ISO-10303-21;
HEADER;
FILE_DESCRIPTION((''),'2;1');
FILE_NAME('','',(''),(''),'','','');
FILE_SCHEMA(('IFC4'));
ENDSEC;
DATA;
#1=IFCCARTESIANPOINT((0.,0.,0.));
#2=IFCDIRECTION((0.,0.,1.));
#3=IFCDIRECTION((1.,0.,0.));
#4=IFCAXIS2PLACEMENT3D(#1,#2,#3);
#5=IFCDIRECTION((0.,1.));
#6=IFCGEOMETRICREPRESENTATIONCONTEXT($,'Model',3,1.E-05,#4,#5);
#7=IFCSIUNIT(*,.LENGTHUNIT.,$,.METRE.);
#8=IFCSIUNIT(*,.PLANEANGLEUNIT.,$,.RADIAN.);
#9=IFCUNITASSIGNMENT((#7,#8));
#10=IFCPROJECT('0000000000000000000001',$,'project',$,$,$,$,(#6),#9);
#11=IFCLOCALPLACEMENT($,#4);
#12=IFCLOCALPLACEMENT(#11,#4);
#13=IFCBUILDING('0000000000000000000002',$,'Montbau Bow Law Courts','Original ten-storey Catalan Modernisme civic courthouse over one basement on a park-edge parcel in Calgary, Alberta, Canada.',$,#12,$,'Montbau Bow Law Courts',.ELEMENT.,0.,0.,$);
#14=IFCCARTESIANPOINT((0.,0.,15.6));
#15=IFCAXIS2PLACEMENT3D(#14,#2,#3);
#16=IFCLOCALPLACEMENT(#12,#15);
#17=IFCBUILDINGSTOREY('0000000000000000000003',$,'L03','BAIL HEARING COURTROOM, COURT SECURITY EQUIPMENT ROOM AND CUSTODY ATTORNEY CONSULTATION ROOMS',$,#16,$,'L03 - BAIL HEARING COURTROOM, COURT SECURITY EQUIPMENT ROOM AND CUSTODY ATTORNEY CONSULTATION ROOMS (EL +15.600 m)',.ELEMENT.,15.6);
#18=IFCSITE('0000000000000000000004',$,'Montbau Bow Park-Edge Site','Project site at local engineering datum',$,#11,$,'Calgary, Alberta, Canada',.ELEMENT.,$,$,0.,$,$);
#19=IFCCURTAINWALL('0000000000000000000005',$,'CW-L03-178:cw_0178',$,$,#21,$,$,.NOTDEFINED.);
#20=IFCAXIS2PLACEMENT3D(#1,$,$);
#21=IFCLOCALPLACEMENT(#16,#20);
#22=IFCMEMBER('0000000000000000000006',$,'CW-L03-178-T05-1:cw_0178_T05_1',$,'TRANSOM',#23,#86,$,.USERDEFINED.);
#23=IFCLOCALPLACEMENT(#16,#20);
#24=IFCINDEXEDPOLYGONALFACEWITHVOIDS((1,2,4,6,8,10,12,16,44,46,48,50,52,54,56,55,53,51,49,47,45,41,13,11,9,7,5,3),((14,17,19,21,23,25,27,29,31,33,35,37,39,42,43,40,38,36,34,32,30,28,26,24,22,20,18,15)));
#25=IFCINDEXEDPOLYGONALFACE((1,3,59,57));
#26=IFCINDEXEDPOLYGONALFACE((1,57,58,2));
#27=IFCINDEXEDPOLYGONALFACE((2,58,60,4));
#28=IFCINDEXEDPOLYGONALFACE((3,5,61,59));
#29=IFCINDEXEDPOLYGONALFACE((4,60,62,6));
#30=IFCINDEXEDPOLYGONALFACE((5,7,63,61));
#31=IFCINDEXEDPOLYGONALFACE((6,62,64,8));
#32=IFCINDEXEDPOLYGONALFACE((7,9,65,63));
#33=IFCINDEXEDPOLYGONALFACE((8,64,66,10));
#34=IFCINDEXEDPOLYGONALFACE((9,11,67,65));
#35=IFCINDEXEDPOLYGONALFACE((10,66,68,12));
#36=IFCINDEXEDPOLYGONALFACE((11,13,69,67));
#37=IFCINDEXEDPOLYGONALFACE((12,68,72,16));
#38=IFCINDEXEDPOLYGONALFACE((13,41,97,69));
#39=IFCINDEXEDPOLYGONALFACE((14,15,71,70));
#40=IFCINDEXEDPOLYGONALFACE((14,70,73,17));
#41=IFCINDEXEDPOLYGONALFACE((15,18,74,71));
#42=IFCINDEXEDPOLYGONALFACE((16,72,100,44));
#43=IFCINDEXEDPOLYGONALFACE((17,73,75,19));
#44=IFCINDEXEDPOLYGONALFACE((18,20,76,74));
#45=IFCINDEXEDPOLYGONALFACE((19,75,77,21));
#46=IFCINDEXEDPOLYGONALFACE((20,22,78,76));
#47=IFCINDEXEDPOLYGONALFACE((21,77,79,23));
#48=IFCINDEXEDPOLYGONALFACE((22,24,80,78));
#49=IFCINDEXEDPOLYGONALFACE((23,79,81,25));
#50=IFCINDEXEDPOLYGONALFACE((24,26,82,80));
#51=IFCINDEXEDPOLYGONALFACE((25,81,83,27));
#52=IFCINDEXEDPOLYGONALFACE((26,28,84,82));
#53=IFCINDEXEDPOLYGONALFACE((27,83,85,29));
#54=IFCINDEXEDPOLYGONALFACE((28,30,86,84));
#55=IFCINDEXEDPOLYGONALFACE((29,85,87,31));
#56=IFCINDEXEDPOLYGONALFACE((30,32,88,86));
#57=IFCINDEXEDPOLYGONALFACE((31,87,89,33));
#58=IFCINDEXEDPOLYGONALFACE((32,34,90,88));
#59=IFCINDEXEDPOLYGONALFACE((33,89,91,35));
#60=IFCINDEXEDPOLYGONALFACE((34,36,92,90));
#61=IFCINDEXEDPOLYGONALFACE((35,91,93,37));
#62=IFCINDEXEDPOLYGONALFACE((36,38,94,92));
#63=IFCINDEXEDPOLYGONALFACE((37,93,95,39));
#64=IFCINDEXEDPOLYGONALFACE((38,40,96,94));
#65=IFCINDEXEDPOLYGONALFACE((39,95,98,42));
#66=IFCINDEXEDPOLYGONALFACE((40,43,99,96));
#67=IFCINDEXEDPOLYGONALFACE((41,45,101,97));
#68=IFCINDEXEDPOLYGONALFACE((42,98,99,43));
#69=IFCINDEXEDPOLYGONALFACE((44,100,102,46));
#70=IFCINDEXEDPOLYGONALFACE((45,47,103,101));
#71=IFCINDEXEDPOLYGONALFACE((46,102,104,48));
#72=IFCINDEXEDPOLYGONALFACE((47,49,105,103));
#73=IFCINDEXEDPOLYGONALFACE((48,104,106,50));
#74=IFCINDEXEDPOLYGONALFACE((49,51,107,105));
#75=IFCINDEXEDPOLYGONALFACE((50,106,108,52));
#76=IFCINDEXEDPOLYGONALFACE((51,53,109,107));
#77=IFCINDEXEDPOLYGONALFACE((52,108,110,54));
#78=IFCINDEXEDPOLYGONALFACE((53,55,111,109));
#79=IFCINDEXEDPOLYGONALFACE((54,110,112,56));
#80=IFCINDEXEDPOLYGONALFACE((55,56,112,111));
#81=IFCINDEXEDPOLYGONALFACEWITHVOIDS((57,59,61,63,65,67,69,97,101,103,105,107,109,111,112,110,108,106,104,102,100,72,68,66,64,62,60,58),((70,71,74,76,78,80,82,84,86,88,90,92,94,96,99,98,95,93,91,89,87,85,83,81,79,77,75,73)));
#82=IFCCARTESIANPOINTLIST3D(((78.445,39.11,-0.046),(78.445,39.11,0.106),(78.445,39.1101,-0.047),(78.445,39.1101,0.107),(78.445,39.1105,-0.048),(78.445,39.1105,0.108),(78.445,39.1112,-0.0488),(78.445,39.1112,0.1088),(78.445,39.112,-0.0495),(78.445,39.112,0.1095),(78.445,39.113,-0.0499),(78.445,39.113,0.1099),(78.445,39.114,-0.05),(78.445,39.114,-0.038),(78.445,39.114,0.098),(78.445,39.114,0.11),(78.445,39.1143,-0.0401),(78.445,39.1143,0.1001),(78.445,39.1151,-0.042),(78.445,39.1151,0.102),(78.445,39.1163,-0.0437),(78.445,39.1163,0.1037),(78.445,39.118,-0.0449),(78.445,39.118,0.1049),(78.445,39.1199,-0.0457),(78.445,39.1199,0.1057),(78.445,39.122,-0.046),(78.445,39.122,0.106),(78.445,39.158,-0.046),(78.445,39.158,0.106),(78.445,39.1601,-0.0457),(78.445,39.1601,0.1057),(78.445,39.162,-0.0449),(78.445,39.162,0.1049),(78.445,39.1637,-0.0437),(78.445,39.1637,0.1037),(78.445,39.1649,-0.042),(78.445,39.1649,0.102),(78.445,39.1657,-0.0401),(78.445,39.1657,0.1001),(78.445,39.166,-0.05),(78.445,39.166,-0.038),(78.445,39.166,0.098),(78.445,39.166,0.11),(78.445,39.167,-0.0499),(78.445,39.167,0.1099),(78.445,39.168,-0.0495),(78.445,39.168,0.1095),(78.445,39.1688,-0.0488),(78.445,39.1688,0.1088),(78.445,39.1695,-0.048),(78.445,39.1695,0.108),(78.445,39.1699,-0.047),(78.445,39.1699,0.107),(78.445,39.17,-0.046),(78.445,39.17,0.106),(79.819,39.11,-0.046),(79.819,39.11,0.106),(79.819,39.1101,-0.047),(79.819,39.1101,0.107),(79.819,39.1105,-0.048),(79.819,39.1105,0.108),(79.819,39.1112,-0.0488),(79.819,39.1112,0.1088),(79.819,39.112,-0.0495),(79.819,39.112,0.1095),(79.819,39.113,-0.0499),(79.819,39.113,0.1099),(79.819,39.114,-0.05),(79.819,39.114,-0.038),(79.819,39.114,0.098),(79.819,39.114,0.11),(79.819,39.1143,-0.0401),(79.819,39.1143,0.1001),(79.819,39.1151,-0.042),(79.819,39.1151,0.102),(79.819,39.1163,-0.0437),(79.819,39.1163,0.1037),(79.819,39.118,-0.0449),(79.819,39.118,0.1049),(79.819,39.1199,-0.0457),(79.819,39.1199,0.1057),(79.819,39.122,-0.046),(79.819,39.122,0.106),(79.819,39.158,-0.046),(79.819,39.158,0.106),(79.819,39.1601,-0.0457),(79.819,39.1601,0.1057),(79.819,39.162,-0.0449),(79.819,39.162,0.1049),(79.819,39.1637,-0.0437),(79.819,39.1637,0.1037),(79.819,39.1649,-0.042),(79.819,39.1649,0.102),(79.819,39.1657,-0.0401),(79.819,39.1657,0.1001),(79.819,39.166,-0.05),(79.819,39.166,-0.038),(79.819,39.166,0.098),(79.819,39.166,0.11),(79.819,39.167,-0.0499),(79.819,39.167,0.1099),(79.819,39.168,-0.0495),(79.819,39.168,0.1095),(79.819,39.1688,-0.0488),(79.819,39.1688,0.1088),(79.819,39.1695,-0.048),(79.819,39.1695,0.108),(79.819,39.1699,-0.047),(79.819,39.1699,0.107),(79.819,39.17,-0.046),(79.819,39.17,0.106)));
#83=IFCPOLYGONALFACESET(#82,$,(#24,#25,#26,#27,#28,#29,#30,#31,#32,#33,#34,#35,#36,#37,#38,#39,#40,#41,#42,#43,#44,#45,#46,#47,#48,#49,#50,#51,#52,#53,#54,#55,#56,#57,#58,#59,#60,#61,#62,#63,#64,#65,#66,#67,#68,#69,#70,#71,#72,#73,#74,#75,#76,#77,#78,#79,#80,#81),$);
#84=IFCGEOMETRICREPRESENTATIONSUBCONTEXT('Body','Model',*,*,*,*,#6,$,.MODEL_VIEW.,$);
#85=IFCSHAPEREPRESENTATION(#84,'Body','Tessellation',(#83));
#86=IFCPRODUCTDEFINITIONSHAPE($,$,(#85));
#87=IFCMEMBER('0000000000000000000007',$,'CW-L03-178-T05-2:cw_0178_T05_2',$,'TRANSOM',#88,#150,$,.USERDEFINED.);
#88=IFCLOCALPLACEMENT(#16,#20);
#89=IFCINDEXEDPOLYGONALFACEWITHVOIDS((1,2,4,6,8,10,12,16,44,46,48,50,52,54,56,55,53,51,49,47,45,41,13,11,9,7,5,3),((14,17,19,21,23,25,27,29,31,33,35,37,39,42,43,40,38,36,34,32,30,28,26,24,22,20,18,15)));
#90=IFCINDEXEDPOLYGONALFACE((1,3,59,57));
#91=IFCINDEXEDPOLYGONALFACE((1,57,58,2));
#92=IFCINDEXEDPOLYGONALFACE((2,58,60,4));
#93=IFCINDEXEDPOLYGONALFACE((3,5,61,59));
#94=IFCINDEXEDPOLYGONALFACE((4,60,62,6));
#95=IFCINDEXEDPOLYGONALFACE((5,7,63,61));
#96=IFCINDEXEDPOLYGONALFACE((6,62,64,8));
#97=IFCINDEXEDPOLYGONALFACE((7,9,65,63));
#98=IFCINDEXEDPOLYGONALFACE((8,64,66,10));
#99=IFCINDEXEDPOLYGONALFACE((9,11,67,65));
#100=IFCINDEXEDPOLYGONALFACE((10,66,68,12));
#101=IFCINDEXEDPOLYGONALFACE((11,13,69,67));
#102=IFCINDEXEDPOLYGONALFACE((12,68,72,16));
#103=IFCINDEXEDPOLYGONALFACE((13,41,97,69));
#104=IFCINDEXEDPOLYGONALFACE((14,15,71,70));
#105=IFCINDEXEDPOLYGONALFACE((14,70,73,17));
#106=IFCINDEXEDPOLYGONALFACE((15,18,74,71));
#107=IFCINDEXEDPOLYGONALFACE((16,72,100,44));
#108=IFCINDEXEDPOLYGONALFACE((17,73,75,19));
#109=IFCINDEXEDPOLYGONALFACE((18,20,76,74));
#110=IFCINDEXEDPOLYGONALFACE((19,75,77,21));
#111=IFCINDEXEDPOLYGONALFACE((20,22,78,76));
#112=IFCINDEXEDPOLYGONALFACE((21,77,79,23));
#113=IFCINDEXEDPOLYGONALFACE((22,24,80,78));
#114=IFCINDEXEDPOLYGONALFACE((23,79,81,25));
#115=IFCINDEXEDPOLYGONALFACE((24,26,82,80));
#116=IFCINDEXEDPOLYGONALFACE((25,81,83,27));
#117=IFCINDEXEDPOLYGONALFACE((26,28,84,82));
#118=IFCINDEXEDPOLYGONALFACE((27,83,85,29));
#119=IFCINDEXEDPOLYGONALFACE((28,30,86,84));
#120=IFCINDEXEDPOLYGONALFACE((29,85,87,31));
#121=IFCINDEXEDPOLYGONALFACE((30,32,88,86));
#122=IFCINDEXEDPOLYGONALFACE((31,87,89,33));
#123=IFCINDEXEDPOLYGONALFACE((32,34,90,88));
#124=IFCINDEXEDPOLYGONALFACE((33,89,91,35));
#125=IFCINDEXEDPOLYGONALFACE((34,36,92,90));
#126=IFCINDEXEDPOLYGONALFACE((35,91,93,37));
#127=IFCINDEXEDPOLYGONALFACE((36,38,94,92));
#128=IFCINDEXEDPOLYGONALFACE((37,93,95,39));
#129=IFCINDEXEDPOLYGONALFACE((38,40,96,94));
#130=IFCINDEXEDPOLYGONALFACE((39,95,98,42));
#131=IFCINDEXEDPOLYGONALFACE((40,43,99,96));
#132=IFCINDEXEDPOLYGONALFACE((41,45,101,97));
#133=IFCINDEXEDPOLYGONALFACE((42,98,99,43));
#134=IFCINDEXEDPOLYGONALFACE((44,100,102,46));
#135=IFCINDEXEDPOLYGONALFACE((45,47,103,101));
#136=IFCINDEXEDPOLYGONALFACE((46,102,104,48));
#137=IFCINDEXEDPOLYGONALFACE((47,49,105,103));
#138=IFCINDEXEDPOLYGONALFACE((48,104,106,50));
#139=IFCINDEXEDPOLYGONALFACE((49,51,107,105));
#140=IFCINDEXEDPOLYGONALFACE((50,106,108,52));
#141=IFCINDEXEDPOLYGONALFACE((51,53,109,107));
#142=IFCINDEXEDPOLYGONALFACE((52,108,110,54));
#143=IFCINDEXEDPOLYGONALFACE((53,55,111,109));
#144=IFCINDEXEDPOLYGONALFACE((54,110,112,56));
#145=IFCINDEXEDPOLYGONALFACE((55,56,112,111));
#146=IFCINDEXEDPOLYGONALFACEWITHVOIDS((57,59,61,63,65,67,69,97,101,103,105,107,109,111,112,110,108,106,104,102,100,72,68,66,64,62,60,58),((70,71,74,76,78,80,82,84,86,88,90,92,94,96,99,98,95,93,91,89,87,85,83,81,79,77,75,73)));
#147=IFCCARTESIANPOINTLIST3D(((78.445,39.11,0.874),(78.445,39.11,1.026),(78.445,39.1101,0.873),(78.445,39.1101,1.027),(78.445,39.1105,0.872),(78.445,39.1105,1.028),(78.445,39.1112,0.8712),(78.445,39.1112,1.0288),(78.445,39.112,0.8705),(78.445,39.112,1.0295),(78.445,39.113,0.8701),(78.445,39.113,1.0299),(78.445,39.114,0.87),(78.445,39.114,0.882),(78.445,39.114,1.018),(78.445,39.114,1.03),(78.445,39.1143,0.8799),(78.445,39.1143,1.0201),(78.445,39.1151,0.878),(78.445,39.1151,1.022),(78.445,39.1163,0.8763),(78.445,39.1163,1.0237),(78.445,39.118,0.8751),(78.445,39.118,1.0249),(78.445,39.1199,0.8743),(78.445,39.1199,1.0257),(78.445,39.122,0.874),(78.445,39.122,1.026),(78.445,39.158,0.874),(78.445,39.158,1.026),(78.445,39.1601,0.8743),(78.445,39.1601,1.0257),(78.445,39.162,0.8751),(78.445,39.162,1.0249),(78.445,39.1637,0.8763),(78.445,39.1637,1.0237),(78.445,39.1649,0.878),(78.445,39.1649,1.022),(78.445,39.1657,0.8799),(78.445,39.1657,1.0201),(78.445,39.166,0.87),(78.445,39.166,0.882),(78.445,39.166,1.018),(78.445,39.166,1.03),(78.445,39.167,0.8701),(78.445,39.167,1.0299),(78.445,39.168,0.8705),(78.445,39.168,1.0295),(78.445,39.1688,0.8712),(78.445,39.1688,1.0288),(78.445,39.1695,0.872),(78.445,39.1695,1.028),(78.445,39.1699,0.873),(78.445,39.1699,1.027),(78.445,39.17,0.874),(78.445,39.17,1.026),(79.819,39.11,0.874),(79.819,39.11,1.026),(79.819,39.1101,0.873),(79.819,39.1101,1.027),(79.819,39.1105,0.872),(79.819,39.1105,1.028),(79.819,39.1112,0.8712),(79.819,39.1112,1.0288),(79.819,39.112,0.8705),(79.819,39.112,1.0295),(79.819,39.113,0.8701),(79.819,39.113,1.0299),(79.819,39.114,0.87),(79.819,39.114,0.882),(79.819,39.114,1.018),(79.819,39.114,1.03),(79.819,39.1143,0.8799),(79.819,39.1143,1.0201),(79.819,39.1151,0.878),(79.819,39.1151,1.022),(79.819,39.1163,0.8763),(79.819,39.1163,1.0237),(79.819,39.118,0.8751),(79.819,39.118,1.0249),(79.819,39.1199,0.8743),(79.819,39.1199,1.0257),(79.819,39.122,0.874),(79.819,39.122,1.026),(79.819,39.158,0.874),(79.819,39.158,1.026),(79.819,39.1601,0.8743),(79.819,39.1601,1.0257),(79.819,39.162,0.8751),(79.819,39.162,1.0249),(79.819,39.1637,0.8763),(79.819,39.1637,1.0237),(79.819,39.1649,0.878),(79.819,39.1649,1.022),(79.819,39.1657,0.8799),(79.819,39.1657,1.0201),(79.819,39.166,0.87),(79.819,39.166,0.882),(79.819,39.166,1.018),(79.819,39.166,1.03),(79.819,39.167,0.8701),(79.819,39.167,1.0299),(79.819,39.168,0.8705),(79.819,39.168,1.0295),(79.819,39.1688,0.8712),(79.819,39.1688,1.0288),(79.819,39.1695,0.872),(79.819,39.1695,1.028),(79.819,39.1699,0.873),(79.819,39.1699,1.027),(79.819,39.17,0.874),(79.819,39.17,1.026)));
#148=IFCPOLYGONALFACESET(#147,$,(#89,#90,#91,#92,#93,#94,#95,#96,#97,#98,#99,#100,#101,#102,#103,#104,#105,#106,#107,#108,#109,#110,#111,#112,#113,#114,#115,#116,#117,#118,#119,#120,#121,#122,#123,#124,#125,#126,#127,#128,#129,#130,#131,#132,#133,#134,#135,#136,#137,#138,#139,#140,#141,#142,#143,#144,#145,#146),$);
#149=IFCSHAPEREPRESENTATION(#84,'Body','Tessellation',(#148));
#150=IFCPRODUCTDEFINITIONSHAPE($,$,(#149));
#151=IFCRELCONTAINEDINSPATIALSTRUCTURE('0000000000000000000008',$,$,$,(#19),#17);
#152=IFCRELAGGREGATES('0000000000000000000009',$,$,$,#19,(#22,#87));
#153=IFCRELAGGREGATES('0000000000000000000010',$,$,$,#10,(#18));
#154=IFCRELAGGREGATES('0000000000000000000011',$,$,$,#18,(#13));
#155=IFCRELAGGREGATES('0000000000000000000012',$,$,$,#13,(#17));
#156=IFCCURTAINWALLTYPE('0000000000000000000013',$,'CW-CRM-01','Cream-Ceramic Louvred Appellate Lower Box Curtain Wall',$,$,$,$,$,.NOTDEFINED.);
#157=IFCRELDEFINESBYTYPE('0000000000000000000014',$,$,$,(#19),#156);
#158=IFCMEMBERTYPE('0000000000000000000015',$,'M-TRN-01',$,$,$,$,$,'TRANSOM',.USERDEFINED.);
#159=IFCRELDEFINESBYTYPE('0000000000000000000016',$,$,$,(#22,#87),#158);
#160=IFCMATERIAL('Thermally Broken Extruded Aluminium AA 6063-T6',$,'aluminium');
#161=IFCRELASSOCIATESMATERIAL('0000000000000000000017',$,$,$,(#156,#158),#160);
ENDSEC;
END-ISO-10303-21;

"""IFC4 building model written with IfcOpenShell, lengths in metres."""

from ifc_helpers import new_model, si_unit, direction, frame, origin_with_axes, origin_2d_with_axis, place, context, subcontext, project, spatial, hollow_rectangle, extrude, material, material_profile, profile_set, type_object, element, aggregate, save


model = new_model("IFC4")

# Units and contexts
model_context = context("Model", 3, precision=1e-05, world=origin_with_axes(), true_north=direction((0.0, 1.0)))
body_context = subcontext(model_context, "Body", "Model", "MODEL_VIEW")
ifc_project = project(units=[si_unit("LENGTHUNIT", "METRE"), si_unit("PLANEANGLEUNIT", "RADIAN")], contexts=[model_context])

# Site, building, storey
site_placement = place(None, origin_with_axes())
site = spatial("IfcSite", under=ifc_project, at=site_placement, Name="Montbau Bow Park-Edge Site", Description="Project site at local engineering datum", LongName="Calgary, Alberta, Canada", CompositionType="ELEMENT", RefElevation=0.0)
building_placement = place(site_placement, origin_with_axes())
building = spatial("IfcBuilding", under=site, at=building_placement, Name="Montbau Bow Law Courts", Description="Original ten-storey Catalan Modernisme civic courthouse over one basement on a park-edge parcel in Calgary, Alberta, Canada.", LongName="Montbau Bow Law Courts", CompositionType="ELEMENT", ElevationOfRefHeight=0.0, ElevationOfTerrain=0.0)
storey_placement = place(building_placement, frame((0.0, 0.0, 15.6), z_axis=(0.0, 0.0, 1.0), x_axis=(1.0, 0.0, 0.0)))
storey = spatial("IfcBuildingStorey", under=building, at=storey_placement, Name="L03", Description="BAIL HEARING COURTROOM, COURT SECURITY EQUIPMENT ROOM AND CUSTODY ATTORNEY CONSULTATION ROOMS", LongName="L03 - BAIL HEARING COURTROOM, COURT SECURITY EQUIPMENT ROOM AND CUSTODY ATTORNEY CONSULTATION ROOMS (EL +15.600 m)", CompositionType="ELEMENT", Elevation=15.6)

# Curtain wall
ifc_material_1 = material(Name="Thermally Broken Extruded Aluminium AA 6063-T6", Category="aluminium")
curtain_wall_type = type_object("IfcCurtainWallType", Name="CW-CRM-01", Description="Cream-Ceramic Louvred Appellate Lower Box Curtain Wall", PredefinedType="NOTDEFINED", material=ifc_material_1)
curtain_wall_1_placement = place(None, frame((72.515, 39.14, 15.6), z_axis=(0.0, 0.0, 1.0), x_axis=(1.0, 0.0, 0.0)))
curtain_wall_1 = element("IfcCurtainWall", 1, at=curtain_wall_1_placement, inside=storey, type_object=curtain_wall_type, Name="CW-L03-178:cw_0178", PredefinedType="NOTDEFINED")

# Members
ifc_material_profile_1 = material_profile(ifc_material_1, hollow_rectangle(XDim=0.06, YDim=0.16, WallThickness=0.004, InnerFilletRadius=0.008, OuterFilletRadius=0.004, at=origin_2d_with_axis()), Name="CWT-160X60", Category="Main", Priority=0)
ifc_profile_set_1 = profile_set([ifc_material_profile_1], Name="Thermally Broken Extruded Aluminium AA 6063-T6")
member_type_1 = type_object("IfcMemberType", Name="M-TRN-01", ElementType="TRANSOM", PredefinedType="USERDEFINED", material=ifc_profile_set_1)
member_1_placement = place(None, frame((78.445, 39.14, 15.63), z_axis=(1.0, 0.0, 0.0), x_axis=(0.0, 1.0, 0.0)))
member_1 = element("IfcMember", 2, at=member_1_placement, type_object=member_type_1, Name="CW-L03-178-T05-1:cw_0178_T05_1", ObjectType="TRANSOM", PredefinedType="USERDEFINED", context=body_context, shape_type="SweptSolid", body=[
    extrude(hollow_rectangle(XDim=0.06, YDim=0.16, WallThickness=0.004, InnerFilletRadius=0.008, OuterFilletRadius=0.004, at=origin_2d_with_axis()), origin_with_axes(), (0.0, 0.0, 1.0), 1.374),
])
member_2_placement = place(None, frame((78.445, 39.14, 16.55), z_axis=(1.0, 0.0, 0.0), x_axis=(0.0, 1.0, 0.0)))
member_2 = element("IfcMember", 3, at=member_2_placement, type_object=member_type_1, Name="CW-L03-178-T05-2:cw_0178_T05_2", ObjectType="TRANSOM", PredefinedType="USERDEFINED", context=body_context, shape_type="SweptSolid", body=[
    extrude(hollow_rectangle(XDim=0.06, YDim=0.16, WallThickness=0.004, InnerFilletRadius=0.008, OuterFilletRadius=0.004, at=origin_2d_with_axis()), origin_with_axes(), (0.0, 0.0, 1.0), 1.374),
])

aggregate(curtain_wall_1, [member_1, member_2])

save(model, "model.ifc")
